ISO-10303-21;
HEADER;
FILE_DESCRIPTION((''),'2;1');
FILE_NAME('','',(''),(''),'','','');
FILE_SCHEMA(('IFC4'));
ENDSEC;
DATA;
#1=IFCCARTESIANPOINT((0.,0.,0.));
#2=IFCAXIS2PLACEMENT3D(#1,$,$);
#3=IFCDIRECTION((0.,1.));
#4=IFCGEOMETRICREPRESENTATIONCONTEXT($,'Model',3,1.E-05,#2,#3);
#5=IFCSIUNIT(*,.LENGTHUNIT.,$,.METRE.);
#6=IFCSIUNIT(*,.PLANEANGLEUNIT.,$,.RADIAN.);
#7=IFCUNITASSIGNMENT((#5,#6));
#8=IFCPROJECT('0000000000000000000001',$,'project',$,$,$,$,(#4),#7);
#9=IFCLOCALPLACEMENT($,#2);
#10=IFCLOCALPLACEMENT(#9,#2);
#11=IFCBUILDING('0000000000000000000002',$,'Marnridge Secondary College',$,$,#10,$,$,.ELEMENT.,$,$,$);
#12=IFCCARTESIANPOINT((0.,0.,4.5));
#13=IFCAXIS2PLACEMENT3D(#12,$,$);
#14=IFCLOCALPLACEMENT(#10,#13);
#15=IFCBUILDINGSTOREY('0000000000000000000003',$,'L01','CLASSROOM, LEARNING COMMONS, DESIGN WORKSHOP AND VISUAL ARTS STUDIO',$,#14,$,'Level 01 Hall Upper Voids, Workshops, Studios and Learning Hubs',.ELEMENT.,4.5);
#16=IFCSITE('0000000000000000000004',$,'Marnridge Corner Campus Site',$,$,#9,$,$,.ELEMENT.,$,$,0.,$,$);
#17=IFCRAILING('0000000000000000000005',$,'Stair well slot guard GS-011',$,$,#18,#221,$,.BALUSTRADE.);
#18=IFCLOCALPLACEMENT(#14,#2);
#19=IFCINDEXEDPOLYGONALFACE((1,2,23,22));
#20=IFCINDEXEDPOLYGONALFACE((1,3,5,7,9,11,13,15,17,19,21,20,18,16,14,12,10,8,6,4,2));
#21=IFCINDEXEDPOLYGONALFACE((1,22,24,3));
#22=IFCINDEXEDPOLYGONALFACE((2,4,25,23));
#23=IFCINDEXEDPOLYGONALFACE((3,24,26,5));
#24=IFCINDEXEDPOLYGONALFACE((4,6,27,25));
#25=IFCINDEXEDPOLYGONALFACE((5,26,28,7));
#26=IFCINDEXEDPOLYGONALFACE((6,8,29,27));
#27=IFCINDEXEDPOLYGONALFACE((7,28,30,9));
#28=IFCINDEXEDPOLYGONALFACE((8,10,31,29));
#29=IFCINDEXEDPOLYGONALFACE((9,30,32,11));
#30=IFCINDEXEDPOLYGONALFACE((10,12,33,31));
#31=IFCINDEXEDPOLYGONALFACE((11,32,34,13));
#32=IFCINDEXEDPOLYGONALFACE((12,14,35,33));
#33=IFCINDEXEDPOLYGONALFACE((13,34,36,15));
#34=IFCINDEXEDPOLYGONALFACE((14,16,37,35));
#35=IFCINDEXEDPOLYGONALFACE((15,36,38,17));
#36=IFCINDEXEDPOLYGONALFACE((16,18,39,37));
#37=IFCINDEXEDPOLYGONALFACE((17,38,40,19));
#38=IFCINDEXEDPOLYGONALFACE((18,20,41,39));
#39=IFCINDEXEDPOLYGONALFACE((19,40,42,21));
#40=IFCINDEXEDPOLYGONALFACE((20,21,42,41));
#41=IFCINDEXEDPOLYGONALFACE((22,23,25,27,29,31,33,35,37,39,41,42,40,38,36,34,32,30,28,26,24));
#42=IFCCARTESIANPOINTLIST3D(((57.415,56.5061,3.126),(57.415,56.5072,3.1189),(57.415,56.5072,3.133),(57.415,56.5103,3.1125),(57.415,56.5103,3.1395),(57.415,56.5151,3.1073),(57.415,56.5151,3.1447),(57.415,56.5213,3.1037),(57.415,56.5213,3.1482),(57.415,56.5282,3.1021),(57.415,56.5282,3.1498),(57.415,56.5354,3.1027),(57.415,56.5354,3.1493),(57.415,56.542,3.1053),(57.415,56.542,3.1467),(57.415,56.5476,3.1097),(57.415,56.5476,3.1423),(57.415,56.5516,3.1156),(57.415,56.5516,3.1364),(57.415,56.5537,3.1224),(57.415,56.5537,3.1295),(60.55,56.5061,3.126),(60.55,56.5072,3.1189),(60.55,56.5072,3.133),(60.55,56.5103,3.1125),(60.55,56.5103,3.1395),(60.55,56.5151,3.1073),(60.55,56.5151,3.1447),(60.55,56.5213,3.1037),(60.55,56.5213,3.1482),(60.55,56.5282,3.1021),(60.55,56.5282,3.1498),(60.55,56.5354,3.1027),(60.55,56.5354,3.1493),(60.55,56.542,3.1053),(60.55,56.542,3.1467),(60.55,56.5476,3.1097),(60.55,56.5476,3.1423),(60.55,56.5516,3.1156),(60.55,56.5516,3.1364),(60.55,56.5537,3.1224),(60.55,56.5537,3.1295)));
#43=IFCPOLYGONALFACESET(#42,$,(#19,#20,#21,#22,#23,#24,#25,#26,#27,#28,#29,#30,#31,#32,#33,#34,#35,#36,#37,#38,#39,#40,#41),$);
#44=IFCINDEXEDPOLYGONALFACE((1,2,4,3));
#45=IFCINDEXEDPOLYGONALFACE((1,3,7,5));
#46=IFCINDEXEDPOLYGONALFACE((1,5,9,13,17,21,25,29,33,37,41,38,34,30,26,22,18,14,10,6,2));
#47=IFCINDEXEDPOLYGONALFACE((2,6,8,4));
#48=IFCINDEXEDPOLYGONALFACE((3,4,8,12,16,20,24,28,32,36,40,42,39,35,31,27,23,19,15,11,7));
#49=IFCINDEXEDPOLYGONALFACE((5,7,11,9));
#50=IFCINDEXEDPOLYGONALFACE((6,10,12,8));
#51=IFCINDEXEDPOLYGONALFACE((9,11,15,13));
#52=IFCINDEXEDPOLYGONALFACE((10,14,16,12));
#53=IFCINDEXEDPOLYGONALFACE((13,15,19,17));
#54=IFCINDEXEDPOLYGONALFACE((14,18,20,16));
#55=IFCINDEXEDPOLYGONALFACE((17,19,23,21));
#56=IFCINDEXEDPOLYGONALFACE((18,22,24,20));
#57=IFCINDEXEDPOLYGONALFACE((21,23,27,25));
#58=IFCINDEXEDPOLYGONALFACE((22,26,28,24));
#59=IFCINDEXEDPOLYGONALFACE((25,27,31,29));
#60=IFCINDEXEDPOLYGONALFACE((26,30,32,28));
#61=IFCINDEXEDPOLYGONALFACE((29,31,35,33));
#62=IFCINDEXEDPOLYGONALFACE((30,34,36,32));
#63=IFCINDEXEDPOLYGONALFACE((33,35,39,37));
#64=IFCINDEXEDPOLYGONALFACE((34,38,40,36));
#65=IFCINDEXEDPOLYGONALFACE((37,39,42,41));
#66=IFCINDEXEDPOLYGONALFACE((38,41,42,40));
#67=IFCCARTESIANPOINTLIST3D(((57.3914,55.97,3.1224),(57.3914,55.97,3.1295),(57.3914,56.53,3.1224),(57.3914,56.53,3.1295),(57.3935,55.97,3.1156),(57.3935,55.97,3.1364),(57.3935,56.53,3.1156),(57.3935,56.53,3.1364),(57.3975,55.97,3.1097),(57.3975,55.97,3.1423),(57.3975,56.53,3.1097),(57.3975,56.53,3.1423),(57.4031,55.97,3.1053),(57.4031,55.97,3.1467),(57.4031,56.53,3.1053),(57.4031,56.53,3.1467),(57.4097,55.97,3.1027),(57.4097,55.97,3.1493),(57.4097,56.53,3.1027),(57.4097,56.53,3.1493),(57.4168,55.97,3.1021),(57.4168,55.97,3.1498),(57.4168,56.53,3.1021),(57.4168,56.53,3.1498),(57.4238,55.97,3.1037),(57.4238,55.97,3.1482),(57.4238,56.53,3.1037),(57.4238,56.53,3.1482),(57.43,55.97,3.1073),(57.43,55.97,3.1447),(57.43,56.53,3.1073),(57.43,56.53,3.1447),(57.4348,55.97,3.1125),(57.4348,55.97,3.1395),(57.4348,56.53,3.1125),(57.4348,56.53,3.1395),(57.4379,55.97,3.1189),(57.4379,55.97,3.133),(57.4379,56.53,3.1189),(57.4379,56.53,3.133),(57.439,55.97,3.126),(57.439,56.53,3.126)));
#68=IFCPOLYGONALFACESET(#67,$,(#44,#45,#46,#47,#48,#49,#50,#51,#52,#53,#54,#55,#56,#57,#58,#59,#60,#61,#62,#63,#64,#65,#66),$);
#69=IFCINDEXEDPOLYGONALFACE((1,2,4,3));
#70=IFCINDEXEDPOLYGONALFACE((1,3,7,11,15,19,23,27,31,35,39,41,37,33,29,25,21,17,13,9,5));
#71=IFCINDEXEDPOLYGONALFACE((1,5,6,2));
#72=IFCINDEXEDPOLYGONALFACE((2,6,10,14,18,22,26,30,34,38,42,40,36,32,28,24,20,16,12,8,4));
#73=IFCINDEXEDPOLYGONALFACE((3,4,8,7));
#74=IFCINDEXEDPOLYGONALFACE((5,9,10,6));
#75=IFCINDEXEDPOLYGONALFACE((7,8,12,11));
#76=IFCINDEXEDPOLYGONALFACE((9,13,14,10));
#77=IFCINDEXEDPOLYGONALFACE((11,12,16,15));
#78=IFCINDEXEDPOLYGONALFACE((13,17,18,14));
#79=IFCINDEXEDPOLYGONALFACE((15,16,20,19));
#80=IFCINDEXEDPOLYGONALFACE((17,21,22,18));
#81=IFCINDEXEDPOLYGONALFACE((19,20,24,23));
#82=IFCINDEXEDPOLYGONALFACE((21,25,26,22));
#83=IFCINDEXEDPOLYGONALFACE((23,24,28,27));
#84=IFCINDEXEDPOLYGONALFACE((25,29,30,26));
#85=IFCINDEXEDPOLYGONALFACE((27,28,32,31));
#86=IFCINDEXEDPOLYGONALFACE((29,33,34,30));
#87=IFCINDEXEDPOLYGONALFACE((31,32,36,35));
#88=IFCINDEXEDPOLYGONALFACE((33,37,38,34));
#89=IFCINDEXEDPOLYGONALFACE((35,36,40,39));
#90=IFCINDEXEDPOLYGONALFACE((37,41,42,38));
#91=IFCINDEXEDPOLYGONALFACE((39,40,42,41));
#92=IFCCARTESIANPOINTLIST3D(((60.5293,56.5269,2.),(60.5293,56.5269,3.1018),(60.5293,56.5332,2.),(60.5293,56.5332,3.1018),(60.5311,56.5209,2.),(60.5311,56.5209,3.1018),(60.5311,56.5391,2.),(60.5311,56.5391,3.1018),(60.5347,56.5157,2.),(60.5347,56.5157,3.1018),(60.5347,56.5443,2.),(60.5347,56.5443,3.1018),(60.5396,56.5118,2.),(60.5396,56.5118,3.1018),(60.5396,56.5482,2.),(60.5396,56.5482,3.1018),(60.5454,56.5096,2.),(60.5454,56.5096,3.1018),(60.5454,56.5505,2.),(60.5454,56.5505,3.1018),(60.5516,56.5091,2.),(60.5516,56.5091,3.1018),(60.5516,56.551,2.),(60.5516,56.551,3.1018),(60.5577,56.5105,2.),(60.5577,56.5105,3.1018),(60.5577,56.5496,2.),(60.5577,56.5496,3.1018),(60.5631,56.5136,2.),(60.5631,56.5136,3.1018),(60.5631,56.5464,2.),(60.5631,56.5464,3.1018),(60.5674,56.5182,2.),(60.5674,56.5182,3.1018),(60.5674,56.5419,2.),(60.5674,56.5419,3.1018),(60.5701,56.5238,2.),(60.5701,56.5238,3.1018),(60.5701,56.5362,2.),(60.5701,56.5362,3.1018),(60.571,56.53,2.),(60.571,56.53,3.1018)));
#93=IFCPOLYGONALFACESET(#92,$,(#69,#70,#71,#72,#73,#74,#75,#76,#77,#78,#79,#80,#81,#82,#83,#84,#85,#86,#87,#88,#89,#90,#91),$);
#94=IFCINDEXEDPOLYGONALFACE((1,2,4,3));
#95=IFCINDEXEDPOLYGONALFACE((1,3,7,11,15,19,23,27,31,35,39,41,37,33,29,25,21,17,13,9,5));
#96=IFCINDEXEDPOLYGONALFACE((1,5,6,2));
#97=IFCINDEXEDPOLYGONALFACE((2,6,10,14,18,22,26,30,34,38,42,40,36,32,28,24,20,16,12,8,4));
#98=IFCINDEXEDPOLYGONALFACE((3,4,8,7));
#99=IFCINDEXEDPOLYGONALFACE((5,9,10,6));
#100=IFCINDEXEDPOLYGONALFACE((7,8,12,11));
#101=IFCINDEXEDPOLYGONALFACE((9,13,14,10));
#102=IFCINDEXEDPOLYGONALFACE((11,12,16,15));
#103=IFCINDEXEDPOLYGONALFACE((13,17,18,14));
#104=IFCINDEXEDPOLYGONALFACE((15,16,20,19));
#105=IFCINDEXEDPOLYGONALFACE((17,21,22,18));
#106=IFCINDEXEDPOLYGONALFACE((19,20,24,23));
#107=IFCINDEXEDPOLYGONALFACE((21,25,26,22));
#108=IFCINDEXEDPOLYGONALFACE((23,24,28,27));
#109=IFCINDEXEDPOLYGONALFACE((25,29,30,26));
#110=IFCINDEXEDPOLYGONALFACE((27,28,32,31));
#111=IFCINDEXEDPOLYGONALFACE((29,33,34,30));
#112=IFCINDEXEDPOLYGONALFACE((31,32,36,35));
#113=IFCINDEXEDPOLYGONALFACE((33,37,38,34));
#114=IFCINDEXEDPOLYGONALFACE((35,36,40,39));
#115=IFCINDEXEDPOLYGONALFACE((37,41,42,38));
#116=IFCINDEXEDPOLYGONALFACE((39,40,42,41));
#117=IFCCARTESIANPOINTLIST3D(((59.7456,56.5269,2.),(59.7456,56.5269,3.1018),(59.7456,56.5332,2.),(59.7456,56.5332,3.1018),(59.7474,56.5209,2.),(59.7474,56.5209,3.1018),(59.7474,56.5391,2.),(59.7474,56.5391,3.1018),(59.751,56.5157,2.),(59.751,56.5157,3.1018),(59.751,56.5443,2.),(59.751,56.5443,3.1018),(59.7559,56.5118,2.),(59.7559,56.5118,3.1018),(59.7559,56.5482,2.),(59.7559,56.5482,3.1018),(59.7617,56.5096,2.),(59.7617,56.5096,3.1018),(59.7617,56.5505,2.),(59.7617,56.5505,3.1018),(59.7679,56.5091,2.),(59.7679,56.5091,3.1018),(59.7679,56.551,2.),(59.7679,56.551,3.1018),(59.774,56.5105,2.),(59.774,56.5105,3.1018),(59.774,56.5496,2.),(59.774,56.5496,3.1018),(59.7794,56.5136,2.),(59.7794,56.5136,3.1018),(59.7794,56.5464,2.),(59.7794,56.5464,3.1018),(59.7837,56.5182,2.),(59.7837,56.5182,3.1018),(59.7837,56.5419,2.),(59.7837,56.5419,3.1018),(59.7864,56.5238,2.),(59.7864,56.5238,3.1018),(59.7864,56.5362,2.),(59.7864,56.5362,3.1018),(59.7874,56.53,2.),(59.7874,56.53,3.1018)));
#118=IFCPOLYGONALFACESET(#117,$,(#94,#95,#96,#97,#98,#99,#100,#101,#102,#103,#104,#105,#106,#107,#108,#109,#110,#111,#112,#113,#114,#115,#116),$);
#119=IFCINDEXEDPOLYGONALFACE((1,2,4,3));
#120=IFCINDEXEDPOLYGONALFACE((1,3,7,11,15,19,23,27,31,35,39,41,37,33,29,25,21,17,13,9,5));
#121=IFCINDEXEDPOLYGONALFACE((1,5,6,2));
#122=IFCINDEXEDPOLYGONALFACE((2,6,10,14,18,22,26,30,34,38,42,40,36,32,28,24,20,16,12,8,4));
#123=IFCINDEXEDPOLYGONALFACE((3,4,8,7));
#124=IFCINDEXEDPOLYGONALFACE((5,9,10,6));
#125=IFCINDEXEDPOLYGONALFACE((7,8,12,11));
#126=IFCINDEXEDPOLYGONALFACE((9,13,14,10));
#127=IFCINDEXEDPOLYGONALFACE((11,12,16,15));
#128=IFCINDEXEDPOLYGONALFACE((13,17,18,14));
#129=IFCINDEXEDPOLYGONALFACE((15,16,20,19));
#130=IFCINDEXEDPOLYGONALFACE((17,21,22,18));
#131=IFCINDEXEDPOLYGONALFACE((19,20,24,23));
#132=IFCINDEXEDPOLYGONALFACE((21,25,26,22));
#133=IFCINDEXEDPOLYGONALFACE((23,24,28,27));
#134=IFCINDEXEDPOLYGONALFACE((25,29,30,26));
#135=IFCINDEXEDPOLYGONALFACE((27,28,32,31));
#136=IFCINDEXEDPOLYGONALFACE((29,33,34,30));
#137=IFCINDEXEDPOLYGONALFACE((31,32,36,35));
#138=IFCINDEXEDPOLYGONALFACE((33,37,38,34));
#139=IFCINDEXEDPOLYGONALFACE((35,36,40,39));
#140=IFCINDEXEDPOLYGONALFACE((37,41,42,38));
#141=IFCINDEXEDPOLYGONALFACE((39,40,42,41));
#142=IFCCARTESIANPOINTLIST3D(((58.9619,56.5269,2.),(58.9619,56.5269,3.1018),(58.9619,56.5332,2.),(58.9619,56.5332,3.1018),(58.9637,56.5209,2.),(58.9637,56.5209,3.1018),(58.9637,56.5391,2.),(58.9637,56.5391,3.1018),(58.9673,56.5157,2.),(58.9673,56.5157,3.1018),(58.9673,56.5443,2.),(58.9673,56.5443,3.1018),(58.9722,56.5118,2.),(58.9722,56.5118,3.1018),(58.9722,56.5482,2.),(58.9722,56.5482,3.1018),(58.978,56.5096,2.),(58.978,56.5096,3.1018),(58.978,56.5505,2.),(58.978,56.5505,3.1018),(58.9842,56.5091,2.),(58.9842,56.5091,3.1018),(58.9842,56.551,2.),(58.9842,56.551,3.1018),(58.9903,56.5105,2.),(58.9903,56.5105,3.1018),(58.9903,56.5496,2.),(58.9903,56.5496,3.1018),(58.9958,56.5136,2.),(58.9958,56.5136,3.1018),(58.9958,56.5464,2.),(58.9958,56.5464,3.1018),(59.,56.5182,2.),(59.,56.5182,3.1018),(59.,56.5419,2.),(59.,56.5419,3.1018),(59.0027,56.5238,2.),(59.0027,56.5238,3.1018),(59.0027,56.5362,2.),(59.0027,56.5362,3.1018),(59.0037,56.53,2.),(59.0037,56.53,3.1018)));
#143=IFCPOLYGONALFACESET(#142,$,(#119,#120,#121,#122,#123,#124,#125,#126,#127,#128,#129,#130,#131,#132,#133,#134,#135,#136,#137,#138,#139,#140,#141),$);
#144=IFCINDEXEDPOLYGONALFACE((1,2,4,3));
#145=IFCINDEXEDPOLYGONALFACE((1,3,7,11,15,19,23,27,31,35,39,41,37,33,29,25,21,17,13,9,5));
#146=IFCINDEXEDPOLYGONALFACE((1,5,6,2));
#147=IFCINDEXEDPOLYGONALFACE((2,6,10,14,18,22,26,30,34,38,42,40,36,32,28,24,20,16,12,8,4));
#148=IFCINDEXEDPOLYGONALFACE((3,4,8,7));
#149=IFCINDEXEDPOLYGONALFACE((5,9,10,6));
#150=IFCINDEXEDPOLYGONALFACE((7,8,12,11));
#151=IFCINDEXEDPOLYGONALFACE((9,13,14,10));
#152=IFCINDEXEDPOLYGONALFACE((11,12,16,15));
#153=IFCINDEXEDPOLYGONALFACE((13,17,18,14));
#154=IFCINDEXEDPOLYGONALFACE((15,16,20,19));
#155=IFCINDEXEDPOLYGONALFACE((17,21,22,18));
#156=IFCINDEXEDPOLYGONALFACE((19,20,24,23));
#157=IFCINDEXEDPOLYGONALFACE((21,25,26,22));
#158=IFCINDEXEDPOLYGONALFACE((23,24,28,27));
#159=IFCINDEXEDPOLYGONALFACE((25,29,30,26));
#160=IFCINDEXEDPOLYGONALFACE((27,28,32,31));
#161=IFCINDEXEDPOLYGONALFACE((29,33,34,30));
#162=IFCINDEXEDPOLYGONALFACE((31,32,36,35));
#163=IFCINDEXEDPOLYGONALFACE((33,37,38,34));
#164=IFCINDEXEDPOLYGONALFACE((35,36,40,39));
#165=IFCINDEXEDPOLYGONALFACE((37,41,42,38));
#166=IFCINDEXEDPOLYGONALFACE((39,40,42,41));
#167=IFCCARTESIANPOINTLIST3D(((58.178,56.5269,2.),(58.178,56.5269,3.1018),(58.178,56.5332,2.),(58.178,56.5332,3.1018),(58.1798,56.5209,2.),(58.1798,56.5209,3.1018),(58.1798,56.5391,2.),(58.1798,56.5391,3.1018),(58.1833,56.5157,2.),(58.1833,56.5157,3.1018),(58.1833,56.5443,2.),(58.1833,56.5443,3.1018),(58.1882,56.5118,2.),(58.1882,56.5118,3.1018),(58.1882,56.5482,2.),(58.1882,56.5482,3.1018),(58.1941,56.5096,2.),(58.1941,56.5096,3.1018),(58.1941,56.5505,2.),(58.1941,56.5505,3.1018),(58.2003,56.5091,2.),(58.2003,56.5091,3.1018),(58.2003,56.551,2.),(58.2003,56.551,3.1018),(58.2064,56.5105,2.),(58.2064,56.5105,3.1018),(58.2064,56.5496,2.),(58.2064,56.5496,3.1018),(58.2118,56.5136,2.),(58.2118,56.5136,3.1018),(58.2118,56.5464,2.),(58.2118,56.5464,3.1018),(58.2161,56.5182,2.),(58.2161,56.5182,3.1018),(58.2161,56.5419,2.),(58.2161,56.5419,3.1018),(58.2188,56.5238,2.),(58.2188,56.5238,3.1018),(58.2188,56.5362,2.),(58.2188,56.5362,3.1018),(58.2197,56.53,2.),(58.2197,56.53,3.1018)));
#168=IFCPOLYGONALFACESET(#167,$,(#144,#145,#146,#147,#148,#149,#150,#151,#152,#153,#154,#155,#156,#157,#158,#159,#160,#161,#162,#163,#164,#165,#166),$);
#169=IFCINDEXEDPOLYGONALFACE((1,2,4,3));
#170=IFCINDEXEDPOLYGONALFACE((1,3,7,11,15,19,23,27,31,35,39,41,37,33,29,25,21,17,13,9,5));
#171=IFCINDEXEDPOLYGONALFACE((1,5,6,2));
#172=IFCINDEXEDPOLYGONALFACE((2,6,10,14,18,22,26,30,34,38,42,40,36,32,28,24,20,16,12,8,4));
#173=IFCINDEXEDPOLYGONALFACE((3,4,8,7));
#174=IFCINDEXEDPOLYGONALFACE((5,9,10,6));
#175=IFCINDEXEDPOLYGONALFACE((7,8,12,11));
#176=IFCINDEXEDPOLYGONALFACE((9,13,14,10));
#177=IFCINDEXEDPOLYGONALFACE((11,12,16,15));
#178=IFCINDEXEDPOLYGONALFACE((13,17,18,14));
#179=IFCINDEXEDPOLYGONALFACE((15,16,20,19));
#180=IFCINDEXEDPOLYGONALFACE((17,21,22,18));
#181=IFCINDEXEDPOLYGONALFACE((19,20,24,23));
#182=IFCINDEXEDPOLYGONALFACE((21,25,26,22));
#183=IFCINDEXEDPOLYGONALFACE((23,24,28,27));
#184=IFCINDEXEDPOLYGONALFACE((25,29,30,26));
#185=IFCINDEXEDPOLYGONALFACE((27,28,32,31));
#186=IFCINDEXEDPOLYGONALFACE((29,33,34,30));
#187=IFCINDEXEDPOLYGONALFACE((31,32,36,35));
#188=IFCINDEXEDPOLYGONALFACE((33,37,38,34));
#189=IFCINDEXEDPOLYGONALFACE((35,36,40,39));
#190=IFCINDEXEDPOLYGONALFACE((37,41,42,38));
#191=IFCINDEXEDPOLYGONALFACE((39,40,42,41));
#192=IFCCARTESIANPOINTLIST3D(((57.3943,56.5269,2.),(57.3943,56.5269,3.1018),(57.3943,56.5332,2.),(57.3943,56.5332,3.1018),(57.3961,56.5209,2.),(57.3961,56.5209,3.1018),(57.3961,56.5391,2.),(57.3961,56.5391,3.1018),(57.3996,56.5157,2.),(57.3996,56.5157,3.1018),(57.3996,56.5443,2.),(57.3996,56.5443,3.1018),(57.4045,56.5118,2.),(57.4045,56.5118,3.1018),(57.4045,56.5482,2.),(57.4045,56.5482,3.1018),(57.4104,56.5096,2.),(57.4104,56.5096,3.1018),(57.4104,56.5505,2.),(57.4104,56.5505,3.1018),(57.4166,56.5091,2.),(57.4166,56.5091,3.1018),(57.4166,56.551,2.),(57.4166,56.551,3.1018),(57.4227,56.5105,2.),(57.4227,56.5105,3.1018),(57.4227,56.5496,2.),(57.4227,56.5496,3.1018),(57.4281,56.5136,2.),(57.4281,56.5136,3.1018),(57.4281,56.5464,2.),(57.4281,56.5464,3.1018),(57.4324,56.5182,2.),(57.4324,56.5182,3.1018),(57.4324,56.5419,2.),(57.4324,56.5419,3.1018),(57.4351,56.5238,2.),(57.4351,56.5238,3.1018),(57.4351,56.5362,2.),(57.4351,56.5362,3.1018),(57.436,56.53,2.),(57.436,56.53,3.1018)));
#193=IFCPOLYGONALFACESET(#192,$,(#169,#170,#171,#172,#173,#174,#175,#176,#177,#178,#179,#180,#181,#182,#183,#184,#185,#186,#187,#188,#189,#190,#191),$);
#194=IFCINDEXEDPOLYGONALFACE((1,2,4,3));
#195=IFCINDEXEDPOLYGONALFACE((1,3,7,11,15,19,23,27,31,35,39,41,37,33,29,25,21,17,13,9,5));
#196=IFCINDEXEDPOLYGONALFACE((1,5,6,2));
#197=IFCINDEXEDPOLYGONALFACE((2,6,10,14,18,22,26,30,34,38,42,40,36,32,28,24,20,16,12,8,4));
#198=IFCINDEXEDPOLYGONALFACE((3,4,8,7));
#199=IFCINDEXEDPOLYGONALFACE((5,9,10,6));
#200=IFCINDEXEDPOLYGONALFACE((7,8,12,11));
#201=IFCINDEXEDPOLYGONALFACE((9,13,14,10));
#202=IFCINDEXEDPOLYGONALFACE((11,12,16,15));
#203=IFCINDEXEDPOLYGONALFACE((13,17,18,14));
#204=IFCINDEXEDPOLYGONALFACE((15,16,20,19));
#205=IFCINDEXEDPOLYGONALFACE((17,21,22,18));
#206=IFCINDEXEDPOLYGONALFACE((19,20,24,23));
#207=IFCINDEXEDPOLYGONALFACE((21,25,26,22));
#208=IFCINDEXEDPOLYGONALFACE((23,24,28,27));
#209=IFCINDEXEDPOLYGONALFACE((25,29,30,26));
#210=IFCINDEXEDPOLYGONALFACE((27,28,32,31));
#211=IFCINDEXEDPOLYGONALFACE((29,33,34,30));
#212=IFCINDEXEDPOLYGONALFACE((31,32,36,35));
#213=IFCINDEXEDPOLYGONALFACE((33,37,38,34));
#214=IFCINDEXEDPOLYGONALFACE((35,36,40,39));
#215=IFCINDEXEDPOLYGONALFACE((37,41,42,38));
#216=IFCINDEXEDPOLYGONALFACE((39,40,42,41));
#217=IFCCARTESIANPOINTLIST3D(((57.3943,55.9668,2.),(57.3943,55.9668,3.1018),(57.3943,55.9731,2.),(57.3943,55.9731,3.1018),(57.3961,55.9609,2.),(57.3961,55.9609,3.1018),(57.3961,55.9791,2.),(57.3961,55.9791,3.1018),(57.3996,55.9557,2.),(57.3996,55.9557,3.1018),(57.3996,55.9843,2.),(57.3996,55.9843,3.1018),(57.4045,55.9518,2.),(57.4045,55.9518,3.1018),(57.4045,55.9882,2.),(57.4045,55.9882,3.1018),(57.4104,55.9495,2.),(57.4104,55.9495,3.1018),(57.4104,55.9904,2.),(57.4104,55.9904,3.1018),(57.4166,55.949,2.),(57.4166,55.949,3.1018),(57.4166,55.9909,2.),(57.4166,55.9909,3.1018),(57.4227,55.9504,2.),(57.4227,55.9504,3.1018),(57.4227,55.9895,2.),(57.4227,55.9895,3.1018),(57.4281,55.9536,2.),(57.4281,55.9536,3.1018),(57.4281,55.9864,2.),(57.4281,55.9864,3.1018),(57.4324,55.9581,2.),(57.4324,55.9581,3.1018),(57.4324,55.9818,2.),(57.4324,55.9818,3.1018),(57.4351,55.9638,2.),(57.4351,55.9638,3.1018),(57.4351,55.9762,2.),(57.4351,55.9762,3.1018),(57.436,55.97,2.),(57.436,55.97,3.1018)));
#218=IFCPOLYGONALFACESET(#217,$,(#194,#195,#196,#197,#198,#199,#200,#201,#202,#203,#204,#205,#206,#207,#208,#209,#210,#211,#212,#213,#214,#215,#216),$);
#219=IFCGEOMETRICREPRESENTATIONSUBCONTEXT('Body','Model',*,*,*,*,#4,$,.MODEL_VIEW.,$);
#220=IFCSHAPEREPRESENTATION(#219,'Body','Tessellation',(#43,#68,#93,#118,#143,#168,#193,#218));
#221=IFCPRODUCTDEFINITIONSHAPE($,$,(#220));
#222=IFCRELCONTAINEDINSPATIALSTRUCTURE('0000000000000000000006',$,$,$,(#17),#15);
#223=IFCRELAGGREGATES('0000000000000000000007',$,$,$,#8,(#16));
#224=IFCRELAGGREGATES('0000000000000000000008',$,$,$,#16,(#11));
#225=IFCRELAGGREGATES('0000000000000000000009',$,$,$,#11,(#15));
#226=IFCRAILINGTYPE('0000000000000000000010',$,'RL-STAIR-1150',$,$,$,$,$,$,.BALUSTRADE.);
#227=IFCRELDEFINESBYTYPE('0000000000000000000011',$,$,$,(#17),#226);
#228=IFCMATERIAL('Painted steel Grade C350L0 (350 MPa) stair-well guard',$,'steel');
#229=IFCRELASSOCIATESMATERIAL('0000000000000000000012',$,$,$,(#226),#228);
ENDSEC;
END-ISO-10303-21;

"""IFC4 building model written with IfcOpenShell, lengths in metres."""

from ifc_helpers import new_model, si_unit, direction, frame, origin, origin_2d, place, context, subcontext, project, spatial, circle, extrude, material, type_object, element, save


model = new_model("IFC4")

# Units and contexts
model_context = context("Model", 3, precision=1e-05, world=origin(), true_north=direction((0.0, 1.0)))
body_context = subcontext(model_context, "Body", "Model", "MODEL_VIEW")
ifc_project = project(units=[si_unit("LENGTHUNIT", "METRE"), si_unit("PLANEANGLEUNIT", "RADIAN")], contexts=[model_context])

# Site, building, storey
site_placement = place(None, origin())
site = spatial("IfcSite", under=ifc_project, at=site_placement, Name="Marnridge Corner Campus Site", CompositionType="ELEMENT", RefElevation=0.0)
building_placement = place(site_placement, origin())
building = spatial("IfcBuilding", under=site, at=building_placement, Name="Marnridge Secondary College", CompositionType="ELEMENT")
storey_placement = place(building_placement, frame((0.0, 0.0, 4.5)))
storey = spatial("IfcBuildingStorey", under=building, at=storey_placement, Name="L01", Description="CLASSROOM, LEARNING COMMONS, DESIGN WORKSHOP AND VISUAL ARTS STUDIO", LongName="Level 01 Hall Upper Voids, Workshops, Studios and Learning Hubs", CompositionType="ELEMENT", Elevation=4.5)

# Railing
ifc_material_1 = material(Name="Painted steel Grade C350L0 (350 MPa) stair-well guard", Category="steel")
railing_type_1 = type_object("IfcRailingType", Name="RL-STAIR-1150", PredefinedType="BALUSTRADE", material=ifc_material_1)
railing_1_placement = place(storey_placement, frame((60.55, 56.53, 2.0)))
element("IfcRailing", 1, at=railing_1_placement, inside=storey, type_object=railing_type_1, Name="Stair well slot guard GS-011", PredefinedType="BALUSTRADE", context=body_context, shape_type="SweptSolid", body=[
    extrude(circle(Radius=0.0239, at=origin_2d()), frame((0.0, 0.0, 1.126), z_axis=(-1.0, 0.0, 0.0), x_axis=(0.0, -1.0, 0.0)), (0.0, 0.0, 1.0), 3.135),
    extrude(circle(Radius=0.0239, at=origin_2d()), frame((-3.135, 0.0, 1.126), z_axis=(0.0, -1.0, 0.0), x_axis=(1.0, 0.0, 0.0)), (0.0, 0.0, 1.0), 0.5601),
    extrude(circle(Radius=0.021, at=origin_2d()), origin(), (0.0, 0.0, 1.0), 1.1018),
    extrude(circle(Radius=0.021, at=origin_2d()), frame((-0.7837, 0.0, 0.0)), (0.0, 0.0, 1.0), 1.1018),
    extrude(circle(Radius=0.021, at=origin_2d()), frame((-1.5674, 0.0, 0.0)), (0.0, 0.0, 1.0), 1.1018),
    extrude(circle(Radius=0.021, at=origin_2d()), frame((-2.3513, 0.0, 0.0)), (0.0, 0.0, 1.0), 1.1018),
    extrude(circle(Radius=0.021, at=origin_2d()), frame((-3.135, 0.0, 0.0)), (0.0, 0.0, 1.0), 1.1018),
    extrude(circle(Radius=0.021, at=origin_2d()), frame((-3.135, -0.5601, 0.0)), (0.0, 0.0, 1.0), 1.1018),
])

save(model, "model.ifc")
